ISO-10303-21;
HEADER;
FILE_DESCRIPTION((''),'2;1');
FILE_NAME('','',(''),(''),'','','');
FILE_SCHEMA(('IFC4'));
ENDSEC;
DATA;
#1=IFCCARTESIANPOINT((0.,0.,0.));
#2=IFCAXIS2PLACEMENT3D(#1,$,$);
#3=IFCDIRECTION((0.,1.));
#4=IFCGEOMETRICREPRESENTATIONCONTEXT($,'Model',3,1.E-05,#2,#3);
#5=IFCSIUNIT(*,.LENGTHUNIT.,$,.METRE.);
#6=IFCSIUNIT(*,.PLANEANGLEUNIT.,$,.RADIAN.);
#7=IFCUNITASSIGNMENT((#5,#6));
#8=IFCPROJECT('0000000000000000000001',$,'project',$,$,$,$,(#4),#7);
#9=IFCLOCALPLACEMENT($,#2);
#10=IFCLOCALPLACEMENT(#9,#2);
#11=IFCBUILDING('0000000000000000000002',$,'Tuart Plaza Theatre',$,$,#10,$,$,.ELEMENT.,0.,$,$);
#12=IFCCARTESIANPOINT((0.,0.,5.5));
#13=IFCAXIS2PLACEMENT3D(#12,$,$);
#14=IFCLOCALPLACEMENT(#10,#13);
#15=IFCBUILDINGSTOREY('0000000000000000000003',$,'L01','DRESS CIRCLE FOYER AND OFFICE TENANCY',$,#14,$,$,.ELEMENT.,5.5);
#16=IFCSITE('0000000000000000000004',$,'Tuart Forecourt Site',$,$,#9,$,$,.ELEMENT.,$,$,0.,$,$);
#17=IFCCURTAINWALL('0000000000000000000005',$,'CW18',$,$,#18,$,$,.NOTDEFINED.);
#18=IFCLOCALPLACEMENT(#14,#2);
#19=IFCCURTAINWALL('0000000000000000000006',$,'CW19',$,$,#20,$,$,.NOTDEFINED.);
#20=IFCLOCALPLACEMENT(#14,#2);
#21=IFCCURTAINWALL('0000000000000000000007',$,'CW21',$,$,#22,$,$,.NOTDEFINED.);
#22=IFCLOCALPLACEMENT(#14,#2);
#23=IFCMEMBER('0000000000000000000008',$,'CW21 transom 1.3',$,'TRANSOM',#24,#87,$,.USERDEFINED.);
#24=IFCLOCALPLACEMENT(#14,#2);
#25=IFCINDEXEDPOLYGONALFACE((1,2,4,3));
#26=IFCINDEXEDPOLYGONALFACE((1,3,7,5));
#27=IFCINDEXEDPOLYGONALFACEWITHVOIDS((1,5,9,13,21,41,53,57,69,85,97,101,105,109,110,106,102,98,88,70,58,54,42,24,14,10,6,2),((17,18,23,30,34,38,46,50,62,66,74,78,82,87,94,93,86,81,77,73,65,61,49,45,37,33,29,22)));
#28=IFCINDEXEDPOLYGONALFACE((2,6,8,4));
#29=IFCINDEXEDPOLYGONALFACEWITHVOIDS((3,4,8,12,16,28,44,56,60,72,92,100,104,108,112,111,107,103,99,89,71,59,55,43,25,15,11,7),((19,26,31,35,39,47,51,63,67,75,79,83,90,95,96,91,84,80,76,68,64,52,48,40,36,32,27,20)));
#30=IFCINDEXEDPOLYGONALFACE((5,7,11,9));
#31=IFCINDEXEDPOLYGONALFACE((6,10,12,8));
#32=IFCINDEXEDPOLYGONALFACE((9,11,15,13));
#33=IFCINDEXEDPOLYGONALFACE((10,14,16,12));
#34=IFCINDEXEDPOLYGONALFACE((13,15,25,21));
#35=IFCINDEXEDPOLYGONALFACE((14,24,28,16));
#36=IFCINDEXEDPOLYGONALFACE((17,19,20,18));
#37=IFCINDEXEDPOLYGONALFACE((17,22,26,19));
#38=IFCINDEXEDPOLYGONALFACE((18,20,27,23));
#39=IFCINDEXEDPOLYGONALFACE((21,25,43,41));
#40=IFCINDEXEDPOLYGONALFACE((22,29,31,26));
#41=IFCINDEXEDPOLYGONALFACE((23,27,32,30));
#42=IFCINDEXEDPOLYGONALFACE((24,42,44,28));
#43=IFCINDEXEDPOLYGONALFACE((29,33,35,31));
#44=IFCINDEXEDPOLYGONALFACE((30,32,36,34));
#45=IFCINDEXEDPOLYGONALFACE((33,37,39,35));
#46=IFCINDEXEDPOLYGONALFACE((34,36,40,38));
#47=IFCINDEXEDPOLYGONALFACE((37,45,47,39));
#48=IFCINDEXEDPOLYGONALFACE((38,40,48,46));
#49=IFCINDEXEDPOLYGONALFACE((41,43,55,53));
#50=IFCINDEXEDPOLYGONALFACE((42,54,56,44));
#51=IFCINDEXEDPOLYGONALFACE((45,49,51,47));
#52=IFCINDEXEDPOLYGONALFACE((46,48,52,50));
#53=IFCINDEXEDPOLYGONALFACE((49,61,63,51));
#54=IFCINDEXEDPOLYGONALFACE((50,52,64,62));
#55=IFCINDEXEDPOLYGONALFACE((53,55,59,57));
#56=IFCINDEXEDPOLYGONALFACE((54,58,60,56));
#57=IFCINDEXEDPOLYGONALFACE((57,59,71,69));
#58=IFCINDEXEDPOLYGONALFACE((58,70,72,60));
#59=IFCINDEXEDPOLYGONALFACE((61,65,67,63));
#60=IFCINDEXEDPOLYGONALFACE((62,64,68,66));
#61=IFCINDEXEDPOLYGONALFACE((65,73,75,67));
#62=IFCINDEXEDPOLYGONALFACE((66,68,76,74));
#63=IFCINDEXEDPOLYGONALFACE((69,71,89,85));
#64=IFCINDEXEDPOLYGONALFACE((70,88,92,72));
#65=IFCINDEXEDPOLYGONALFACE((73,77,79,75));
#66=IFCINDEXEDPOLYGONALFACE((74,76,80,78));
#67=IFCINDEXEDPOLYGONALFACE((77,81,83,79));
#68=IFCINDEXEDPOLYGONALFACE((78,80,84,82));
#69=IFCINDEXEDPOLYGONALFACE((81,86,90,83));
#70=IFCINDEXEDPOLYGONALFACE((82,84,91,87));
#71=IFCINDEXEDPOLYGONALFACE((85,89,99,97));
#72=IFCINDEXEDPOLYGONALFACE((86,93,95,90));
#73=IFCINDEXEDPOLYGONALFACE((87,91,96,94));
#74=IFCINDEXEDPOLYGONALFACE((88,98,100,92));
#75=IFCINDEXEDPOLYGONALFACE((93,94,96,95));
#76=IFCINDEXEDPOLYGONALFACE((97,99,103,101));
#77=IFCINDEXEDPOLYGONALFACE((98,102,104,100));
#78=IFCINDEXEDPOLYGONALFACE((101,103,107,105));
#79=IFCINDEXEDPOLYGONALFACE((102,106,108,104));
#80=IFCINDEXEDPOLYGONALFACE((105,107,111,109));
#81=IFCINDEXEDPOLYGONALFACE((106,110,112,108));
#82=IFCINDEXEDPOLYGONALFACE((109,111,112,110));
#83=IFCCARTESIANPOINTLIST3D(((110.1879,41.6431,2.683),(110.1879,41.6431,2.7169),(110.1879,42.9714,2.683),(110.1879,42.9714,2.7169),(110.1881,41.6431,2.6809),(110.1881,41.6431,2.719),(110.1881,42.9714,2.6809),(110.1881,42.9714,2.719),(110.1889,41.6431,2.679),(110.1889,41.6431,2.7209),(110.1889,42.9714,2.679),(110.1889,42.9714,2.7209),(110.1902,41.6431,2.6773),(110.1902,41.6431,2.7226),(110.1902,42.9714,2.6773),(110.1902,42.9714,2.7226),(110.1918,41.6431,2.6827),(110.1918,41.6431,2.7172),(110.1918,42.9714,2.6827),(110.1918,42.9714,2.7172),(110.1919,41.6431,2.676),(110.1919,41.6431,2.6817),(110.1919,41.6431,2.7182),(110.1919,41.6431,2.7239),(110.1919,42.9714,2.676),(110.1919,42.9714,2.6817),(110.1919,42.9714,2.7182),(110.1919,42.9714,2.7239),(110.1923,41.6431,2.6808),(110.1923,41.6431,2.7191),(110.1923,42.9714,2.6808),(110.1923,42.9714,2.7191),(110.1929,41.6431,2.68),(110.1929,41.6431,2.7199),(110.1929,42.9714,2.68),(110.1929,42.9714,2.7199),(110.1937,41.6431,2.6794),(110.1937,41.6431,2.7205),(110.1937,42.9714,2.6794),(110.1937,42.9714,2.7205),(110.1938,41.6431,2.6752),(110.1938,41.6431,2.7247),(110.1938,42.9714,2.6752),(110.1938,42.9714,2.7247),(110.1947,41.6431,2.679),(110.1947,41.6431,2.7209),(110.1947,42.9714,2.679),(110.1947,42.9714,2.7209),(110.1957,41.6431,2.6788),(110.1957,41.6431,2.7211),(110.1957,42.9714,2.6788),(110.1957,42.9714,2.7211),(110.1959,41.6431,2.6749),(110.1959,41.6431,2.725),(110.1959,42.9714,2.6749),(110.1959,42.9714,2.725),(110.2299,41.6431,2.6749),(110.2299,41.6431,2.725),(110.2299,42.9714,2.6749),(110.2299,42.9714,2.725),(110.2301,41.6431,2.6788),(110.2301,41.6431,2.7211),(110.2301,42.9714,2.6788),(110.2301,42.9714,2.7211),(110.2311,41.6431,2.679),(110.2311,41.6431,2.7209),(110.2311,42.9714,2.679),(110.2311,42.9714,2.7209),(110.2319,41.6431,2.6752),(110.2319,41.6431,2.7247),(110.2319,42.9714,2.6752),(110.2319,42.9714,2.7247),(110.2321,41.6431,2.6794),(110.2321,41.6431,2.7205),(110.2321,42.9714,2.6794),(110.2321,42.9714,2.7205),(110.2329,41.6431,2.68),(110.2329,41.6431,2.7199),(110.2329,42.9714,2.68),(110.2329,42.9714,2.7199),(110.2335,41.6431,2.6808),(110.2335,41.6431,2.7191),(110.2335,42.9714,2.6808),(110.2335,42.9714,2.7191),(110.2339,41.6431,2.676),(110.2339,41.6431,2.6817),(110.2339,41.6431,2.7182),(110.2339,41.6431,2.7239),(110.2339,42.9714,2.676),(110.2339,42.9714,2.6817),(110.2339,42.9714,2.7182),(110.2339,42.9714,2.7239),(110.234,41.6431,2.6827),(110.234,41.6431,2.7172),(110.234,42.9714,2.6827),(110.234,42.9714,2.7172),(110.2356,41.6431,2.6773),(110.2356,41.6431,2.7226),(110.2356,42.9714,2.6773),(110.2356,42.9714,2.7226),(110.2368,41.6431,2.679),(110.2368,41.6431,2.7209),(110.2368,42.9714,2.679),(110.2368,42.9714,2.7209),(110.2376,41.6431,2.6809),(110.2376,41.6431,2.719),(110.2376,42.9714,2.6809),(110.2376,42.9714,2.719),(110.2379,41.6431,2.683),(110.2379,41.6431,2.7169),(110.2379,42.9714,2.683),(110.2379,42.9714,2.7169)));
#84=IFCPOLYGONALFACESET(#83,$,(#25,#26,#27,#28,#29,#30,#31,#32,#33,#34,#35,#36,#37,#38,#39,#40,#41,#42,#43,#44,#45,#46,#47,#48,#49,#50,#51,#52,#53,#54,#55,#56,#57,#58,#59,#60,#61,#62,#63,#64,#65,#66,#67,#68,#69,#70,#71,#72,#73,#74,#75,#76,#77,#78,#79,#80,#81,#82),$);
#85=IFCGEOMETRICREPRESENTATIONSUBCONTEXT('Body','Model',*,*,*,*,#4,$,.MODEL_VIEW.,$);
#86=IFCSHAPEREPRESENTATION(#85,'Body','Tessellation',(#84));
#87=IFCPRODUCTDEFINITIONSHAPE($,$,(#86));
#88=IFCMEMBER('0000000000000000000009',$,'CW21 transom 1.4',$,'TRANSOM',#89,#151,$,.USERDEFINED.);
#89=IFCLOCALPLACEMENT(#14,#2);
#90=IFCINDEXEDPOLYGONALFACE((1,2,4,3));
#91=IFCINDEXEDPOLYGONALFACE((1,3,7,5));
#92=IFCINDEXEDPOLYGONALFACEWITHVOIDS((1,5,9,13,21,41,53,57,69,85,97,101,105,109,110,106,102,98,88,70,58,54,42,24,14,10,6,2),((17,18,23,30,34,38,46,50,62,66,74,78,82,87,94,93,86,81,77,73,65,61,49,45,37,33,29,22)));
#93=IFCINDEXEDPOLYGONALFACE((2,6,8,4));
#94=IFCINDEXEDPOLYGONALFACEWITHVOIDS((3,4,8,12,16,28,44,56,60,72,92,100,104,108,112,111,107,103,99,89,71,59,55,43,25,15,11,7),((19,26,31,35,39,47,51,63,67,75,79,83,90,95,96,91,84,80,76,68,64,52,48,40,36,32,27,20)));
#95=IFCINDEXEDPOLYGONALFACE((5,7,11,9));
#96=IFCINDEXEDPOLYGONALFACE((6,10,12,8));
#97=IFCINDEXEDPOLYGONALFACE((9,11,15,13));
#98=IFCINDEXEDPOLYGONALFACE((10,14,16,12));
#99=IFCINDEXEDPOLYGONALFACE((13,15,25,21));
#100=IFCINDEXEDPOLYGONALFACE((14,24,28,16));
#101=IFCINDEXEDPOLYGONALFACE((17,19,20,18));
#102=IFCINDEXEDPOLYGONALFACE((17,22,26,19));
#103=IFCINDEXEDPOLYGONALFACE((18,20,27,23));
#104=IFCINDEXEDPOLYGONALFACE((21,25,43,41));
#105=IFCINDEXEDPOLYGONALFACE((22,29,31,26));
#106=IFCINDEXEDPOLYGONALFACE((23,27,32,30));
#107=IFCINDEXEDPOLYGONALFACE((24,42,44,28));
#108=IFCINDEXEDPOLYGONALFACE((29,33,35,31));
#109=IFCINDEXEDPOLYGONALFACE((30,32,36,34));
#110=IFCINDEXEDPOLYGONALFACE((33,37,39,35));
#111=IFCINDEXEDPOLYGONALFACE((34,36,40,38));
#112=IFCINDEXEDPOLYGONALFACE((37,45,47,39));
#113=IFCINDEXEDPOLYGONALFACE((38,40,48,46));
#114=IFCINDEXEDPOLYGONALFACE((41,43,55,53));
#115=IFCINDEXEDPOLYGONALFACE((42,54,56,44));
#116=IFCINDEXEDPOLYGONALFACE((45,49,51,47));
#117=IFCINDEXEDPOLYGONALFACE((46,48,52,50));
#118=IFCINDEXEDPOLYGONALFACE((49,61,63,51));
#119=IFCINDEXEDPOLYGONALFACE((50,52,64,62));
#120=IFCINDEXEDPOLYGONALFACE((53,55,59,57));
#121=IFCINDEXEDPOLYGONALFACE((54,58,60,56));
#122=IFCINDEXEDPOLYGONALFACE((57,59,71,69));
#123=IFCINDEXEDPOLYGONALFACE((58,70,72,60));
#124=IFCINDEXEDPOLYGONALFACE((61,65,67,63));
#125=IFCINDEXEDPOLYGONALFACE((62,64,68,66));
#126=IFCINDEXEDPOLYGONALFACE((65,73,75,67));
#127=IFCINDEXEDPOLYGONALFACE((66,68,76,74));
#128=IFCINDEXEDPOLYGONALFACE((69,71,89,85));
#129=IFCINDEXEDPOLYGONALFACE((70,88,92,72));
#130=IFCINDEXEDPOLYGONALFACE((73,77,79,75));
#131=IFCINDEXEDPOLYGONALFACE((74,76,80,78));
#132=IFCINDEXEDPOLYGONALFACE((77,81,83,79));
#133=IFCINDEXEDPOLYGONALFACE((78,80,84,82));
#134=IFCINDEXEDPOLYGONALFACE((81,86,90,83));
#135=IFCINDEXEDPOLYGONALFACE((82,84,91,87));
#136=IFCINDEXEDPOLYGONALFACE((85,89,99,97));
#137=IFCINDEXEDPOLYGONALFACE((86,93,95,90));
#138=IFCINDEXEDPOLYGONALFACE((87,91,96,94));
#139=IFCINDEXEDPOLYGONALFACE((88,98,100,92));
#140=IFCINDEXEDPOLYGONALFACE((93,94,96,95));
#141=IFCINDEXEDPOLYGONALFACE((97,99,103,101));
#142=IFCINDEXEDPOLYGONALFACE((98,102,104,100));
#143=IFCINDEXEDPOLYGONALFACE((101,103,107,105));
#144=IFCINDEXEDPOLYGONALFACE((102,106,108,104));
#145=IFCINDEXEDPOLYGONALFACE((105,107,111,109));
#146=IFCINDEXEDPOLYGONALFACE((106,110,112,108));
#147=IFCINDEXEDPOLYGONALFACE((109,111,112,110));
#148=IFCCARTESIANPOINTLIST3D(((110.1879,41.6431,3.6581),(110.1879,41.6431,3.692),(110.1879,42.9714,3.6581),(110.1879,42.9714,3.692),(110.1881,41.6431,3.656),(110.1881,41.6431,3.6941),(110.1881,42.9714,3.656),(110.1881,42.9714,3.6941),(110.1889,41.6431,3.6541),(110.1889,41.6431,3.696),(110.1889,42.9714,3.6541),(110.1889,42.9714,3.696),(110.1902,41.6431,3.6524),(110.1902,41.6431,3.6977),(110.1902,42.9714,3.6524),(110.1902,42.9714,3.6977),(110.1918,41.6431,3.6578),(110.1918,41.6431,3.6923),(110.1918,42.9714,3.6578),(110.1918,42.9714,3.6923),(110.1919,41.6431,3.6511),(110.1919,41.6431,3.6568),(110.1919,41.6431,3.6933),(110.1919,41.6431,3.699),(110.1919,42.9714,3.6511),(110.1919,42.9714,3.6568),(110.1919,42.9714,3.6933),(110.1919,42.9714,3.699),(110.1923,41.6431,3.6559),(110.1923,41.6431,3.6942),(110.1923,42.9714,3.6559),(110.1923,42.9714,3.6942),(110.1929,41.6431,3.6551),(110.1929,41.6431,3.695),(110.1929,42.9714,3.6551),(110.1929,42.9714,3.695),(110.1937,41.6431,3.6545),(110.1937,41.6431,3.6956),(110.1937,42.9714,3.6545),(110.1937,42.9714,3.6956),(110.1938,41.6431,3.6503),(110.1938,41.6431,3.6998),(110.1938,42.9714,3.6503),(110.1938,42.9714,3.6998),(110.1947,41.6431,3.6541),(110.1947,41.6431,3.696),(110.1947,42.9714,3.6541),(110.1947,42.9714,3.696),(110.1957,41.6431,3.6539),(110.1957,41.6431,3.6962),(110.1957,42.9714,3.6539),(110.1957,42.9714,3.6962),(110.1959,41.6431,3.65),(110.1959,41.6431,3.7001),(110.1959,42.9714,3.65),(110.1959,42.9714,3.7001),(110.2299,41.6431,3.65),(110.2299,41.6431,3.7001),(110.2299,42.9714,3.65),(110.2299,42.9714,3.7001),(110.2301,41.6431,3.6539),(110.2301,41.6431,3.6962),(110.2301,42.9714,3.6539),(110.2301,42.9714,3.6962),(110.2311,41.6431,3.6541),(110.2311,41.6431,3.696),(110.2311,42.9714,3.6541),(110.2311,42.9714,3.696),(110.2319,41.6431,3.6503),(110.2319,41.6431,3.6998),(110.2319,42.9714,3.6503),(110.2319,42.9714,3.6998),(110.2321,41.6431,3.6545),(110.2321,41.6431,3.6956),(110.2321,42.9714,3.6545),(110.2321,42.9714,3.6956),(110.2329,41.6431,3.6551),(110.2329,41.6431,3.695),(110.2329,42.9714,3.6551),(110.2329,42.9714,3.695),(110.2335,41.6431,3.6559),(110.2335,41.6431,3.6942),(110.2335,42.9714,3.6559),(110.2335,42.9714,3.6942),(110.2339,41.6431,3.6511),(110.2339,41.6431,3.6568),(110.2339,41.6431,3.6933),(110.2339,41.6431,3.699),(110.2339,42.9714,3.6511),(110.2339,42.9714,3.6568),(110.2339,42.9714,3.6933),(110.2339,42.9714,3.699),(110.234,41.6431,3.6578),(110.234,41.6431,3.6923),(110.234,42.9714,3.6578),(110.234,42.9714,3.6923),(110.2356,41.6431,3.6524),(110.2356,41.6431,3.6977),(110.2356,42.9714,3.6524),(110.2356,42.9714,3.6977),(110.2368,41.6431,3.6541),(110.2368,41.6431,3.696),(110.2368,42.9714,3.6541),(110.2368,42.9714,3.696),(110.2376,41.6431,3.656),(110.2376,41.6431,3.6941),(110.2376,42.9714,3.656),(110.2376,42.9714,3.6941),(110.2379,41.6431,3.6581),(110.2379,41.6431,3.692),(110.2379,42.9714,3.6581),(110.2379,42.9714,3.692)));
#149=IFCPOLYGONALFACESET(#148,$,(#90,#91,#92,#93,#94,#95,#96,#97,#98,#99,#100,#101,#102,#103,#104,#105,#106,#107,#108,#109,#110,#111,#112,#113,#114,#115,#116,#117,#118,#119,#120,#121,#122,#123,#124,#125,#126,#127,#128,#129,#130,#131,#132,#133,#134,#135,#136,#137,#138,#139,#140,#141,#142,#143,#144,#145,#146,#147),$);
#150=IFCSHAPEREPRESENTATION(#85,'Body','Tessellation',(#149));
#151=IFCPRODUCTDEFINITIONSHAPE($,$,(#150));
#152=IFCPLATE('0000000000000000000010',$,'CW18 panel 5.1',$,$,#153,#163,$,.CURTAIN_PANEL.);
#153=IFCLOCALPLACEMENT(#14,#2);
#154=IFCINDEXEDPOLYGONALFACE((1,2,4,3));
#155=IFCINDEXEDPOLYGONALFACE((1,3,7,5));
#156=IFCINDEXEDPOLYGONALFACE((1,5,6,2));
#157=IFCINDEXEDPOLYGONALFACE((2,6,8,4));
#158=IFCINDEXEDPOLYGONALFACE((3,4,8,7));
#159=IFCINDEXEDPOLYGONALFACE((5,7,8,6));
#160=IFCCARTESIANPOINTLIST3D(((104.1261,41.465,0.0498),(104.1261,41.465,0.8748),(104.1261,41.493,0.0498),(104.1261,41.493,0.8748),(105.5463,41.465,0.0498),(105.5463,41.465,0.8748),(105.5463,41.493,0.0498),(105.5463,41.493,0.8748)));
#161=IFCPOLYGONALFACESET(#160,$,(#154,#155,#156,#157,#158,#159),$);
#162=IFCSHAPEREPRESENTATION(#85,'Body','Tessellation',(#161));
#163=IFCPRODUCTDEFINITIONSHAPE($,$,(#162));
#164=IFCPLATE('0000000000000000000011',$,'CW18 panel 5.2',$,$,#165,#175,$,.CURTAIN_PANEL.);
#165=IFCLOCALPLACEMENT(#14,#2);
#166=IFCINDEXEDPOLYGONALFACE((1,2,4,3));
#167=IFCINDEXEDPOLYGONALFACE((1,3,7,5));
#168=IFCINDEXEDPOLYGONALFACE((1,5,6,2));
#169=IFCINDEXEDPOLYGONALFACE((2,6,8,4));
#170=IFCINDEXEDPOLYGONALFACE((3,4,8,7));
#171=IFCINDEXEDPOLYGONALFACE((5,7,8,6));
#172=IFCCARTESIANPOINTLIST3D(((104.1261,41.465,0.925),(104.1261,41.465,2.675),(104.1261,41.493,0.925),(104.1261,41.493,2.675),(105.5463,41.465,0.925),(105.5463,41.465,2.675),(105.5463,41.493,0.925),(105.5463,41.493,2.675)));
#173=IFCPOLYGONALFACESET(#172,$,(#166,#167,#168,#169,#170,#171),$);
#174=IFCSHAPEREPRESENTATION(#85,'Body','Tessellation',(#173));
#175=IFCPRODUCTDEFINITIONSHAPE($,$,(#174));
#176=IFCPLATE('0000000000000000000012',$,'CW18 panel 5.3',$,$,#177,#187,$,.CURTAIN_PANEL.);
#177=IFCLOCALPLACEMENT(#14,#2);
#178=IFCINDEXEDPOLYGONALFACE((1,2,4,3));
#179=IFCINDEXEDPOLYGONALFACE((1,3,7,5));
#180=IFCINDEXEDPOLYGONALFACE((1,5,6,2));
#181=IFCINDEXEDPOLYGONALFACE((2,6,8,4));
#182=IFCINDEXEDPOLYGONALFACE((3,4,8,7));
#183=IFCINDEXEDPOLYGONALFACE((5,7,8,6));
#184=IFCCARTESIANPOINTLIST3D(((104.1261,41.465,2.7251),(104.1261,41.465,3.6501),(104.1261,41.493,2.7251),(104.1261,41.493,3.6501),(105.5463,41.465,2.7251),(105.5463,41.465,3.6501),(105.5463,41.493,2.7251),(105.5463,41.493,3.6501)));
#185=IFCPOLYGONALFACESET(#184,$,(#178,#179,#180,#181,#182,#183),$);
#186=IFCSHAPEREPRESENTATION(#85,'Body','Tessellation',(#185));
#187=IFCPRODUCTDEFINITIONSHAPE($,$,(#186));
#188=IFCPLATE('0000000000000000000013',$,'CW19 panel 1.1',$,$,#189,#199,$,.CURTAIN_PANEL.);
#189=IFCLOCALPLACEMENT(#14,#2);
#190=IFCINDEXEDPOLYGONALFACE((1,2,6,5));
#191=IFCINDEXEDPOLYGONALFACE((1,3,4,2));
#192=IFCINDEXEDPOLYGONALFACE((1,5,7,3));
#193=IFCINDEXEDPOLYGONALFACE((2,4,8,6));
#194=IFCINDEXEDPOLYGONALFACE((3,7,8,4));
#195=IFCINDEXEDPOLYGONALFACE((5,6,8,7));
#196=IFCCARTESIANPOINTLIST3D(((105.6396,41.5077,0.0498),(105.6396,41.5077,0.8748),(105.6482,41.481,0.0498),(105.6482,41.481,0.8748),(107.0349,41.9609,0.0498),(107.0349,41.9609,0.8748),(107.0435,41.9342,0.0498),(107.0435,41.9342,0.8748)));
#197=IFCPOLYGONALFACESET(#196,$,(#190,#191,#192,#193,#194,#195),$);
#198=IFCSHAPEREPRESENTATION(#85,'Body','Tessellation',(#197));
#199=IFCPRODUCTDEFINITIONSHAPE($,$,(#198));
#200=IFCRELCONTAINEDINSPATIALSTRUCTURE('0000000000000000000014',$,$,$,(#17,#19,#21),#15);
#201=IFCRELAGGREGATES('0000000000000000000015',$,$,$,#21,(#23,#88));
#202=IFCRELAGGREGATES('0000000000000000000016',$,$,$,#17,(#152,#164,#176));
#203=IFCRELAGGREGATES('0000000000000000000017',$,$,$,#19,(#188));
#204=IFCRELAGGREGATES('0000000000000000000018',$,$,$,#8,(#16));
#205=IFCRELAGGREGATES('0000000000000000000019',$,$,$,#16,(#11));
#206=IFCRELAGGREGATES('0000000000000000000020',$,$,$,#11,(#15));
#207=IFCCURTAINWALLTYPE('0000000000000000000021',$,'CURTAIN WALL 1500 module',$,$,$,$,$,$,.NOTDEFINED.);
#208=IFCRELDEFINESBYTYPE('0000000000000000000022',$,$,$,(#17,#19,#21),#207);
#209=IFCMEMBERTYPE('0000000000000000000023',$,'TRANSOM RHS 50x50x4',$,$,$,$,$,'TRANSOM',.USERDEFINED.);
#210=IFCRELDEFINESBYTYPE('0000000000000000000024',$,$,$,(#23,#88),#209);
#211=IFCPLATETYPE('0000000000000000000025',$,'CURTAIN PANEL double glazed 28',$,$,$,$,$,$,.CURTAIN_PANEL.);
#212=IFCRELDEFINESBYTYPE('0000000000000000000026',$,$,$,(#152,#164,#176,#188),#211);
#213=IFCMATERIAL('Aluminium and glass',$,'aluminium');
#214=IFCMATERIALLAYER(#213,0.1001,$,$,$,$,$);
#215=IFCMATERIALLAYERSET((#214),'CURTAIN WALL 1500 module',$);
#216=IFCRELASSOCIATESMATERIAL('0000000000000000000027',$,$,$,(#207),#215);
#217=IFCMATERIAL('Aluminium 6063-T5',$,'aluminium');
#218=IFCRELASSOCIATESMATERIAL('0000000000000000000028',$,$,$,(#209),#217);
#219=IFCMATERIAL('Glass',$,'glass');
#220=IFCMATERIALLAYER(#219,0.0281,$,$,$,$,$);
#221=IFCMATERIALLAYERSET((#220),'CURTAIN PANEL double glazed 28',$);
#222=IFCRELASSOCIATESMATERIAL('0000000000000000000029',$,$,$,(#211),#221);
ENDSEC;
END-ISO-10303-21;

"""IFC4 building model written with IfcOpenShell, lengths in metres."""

from ifc_helpers import new_model, si_unit, direction, frame, origin, origin_2d, place, context, subcontext, project, spatial, rectangle, hollow_rectangle, extrude, material, layer, layer_set, material_profile, profile_set, type_object, element, aggregate, save


model = new_model("IFC4")

# Units and contexts
model_context = context("Model", 3, precision=1e-05, world=origin(), true_north=direction((0.0, 1.0)))
body_context = subcontext(model_context, "Body", "Model", "MODEL_VIEW")
ifc_project = project(units=[si_unit("LENGTHUNIT", "METRE"), si_unit("PLANEANGLEUNIT", "RADIAN")], contexts=[model_context])

# Site, building, storey
site_placement = place(None, origin())
site = spatial("IfcSite", under=ifc_project, at=site_placement, Name="Tuart Forecourt Site", CompositionType="ELEMENT", RefElevation=0.0)
building_placement = place(site_placement, origin())
building = spatial("IfcBuilding", under=site, at=building_placement, Name="Tuart Plaza Theatre", CompositionType="ELEMENT", ElevationOfRefHeight=0.0)
storey_placement = place(building_placement, frame((0.0, 0.0, 5.5)))
storey = spatial("IfcBuildingStorey", under=building, at=storey_placement, Name="L01", Description="DRESS CIRCLE FOYER AND OFFICE TENANCY", CompositionType="ELEMENT", Elevation=5.5)

# Curtain wall
ifc_material_1 = material(Name="Aluminium and glass", Category="aluminium")
ifc_layer_1 = layer(ifc_material_1, 0.1001)
ifc_layer_set_1 = layer_set([ifc_layer_1], Name="CURTAIN WALL 1500 module")
curtain_wall_type = type_object("IfcCurtainWallType", Name="CURTAIN WALL 1500 module", PredefinedType="NOTDEFINED", material=ifc_layer_set_1)
curtain_wall_1_placement = place(storey_placement, origin())
curtain_wall_1 = element("IfcCurtainWall", 1, at=curtain_wall_1_placement, inside=storey, type_object=curtain_wall_type, Name="CW18", PredefinedType="NOTDEFINED")

# Curtain wall
curtain_wall_2_placement = place(storey_placement, origin())
curtain_wall_2 = element("IfcCurtainWall", 2, at=curtain_wall_2_placement, inside=storey, type_object=curtain_wall_type, Name="CW19", PredefinedType="NOTDEFINED")

# Curtain wall
curtain_wall_3_placement = place(storey_placement, origin())
curtain_wall_3 = element("IfcCurtainWall", 3, at=curtain_wall_3_placement, inside=storey, type_object=curtain_wall_type, Name="CW21", PredefinedType="NOTDEFINED")

# Members
ifc_material_2 = material(Name="Aluminium 6063-T5", Category="aluminium")
ifc_material_profile_1 = material_profile(ifc_material_2, hollow_rectangle(XDim=0.05, YDim=0.05, WallThickness=0.0039, InnerFilletRadius=0.0039, OuterFilletRadius=0.0081, at=origin_2d()), Name="RHS 50x50x4")
ifc_profile_set_1 = profile_set([ifc_material_profile_1], Name="Aluminium 6063-T5")
member_type_1 = type_object("IfcMemberType", Name="TRANSOM RHS 50x50x4", ElementType="TRANSOM", PredefinedType="USERDEFINED", material=ifc_profile_set_1)
member_1_placement = place(storey_placement, frame((110.2129, 41.6431, 2.7), z_axis=(0.0, 1.0, 0.0), x_axis=(-1.0, 0.0, 0.0)))
member_1 = element("IfcMember", 4, at=member_1_placement, type_object=member_type_1, Name="CW21 transom 1.3", ObjectType="TRANSOM", PredefinedType="USERDEFINED", context=body_context, shape_type="SweptSolid", body=[
    extrude(hollow_rectangle(XDim=0.05, YDim=0.05, WallThickness=0.0039, InnerFilletRadius=0.0039, OuterFilletRadius=0.0081, at=origin_2d()), origin(), (0.0, 0.0, 1.0), 1.3284),
])
member_2_placement = place(storey_placement, frame((110.2129, 41.6431, 3.675), z_axis=(0.0, 1.0, 0.0), x_axis=(-1.0, 0.0, 0.0)))
member_2 = element("IfcMember", 5, at=member_2_placement, type_object=member_type_1, Name="CW21 transom 1.4", ObjectType="TRANSOM", PredefinedType="USERDEFINED", context=body_context, shape_type="SweptSolid", body=[
    extrude(hollow_rectangle(XDim=0.05, YDim=0.05, WallThickness=0.0039, InnerFilletRadius=0.0039, OuterFilletRadius=0.0081, at=origin_2d()), origin(), (0.0, 0.0, 1.0), 1.3284),
])
aggregate(curtain_wall_3, [member_1, member_2])

# Plates
ifc_material_3 = material(Name="Glass", Category="glass")
ifc_layer_2 = layer(ifc_material_3, 0.0281)
ifc_layer_set_2 = layer_set([ifc_layer_2], Name="CURTAIN PANEL double glazed 28")
plate_type = type_object("IfcPlateType", Name="CURTAIN PANEL double glazed 28", PredefinedType="CURTAIN_PANEL", material=ifc_layer_set_2)
plate_1_placement = place(storey_placement, frame((104.8362, 41.479, 0.0498), z_axis=(0.0, 0.0, 1.0), x_axis=(1.0, 0.0, 0.0)))
plate_1 = element("IfcPlate", 6, at=plate_1_placement, type_object=plate_type, Name="CW18 panel 5.1", PredefinedType="CURTAIN_PANEL", context=body_context, shape_type="SweptSolid", body=[
    extrude(rectangle(XDim=1.4202, YDim=0.0281, at=origin_2d()), origin(), (0.0, 0.0, 1.0), 0.825),
])
plate_2_placement = place(storey_placement, frame((104.8362, 41.479, 0.925), z_axis=(0.0, 0.0, 1.0), x_axis=(1.0, 0.0, 0.0)))
plate_2 = element("IfcPlate", 7, at=plate_2_placement, type_object=plate_type, Name="CW18 panel 5.2", PredefinedType="CURTAIN_PANEL", context=body_context, shape_type="SweptSolid", body=[
    extrude(rectangle(XDim=1.4202, YDim=0.0281, at=origin_2d()), origin(), (0.0, 0.0, 1.0), 1.75),
])
plate_3_placement = place(storey_placement, frame((104.8362, 41.479, 2.7251), z_axis=(0.0, 0.0, 1.0), x_axis=(1.0, 0.0, 0.0)))
plate_3 = element("IfcPlate", 8, at=plate_3_placement, type_object=plate_type, Name="CW18 panel 5.3", PredefinedType="CURTAIN_PANEL", context=body_context, shape_type="SweptSolid", body=[
    extrude(rectangle(XDim=1.4202, YDim=0.0281, at=origin_2d()), origin(), (0.0, 0.0, 1.0), 0.925),
])
aggregate(curtain_wall_1, [plate_1, plate_2, plate_3])
plate_4_placement = place(storey_placement, frame((106.3416, 41.7209, 0.0498), z_axis=(0.0, 0.0, 1.0), x_axis=(0.951099, 0.308885, 0.0)))
plate_4 = element("IfcPlate", 9, at=plate_4_placement, type_object=plate_type, Name="CW19 panel 1.1", PredefinedType="CURTAIN_PANEL", context=body_context, shape_type="SweptSolid", body=[
    extrude(rectangle(XDim=1.467, YDim=0.0281, at=origin_2d()), origin(), (0.0, 0.0, 1.0), 0.825),
])
aggregate(curtain_wall_2, [plate_4])

save(model, "model.ifc")
